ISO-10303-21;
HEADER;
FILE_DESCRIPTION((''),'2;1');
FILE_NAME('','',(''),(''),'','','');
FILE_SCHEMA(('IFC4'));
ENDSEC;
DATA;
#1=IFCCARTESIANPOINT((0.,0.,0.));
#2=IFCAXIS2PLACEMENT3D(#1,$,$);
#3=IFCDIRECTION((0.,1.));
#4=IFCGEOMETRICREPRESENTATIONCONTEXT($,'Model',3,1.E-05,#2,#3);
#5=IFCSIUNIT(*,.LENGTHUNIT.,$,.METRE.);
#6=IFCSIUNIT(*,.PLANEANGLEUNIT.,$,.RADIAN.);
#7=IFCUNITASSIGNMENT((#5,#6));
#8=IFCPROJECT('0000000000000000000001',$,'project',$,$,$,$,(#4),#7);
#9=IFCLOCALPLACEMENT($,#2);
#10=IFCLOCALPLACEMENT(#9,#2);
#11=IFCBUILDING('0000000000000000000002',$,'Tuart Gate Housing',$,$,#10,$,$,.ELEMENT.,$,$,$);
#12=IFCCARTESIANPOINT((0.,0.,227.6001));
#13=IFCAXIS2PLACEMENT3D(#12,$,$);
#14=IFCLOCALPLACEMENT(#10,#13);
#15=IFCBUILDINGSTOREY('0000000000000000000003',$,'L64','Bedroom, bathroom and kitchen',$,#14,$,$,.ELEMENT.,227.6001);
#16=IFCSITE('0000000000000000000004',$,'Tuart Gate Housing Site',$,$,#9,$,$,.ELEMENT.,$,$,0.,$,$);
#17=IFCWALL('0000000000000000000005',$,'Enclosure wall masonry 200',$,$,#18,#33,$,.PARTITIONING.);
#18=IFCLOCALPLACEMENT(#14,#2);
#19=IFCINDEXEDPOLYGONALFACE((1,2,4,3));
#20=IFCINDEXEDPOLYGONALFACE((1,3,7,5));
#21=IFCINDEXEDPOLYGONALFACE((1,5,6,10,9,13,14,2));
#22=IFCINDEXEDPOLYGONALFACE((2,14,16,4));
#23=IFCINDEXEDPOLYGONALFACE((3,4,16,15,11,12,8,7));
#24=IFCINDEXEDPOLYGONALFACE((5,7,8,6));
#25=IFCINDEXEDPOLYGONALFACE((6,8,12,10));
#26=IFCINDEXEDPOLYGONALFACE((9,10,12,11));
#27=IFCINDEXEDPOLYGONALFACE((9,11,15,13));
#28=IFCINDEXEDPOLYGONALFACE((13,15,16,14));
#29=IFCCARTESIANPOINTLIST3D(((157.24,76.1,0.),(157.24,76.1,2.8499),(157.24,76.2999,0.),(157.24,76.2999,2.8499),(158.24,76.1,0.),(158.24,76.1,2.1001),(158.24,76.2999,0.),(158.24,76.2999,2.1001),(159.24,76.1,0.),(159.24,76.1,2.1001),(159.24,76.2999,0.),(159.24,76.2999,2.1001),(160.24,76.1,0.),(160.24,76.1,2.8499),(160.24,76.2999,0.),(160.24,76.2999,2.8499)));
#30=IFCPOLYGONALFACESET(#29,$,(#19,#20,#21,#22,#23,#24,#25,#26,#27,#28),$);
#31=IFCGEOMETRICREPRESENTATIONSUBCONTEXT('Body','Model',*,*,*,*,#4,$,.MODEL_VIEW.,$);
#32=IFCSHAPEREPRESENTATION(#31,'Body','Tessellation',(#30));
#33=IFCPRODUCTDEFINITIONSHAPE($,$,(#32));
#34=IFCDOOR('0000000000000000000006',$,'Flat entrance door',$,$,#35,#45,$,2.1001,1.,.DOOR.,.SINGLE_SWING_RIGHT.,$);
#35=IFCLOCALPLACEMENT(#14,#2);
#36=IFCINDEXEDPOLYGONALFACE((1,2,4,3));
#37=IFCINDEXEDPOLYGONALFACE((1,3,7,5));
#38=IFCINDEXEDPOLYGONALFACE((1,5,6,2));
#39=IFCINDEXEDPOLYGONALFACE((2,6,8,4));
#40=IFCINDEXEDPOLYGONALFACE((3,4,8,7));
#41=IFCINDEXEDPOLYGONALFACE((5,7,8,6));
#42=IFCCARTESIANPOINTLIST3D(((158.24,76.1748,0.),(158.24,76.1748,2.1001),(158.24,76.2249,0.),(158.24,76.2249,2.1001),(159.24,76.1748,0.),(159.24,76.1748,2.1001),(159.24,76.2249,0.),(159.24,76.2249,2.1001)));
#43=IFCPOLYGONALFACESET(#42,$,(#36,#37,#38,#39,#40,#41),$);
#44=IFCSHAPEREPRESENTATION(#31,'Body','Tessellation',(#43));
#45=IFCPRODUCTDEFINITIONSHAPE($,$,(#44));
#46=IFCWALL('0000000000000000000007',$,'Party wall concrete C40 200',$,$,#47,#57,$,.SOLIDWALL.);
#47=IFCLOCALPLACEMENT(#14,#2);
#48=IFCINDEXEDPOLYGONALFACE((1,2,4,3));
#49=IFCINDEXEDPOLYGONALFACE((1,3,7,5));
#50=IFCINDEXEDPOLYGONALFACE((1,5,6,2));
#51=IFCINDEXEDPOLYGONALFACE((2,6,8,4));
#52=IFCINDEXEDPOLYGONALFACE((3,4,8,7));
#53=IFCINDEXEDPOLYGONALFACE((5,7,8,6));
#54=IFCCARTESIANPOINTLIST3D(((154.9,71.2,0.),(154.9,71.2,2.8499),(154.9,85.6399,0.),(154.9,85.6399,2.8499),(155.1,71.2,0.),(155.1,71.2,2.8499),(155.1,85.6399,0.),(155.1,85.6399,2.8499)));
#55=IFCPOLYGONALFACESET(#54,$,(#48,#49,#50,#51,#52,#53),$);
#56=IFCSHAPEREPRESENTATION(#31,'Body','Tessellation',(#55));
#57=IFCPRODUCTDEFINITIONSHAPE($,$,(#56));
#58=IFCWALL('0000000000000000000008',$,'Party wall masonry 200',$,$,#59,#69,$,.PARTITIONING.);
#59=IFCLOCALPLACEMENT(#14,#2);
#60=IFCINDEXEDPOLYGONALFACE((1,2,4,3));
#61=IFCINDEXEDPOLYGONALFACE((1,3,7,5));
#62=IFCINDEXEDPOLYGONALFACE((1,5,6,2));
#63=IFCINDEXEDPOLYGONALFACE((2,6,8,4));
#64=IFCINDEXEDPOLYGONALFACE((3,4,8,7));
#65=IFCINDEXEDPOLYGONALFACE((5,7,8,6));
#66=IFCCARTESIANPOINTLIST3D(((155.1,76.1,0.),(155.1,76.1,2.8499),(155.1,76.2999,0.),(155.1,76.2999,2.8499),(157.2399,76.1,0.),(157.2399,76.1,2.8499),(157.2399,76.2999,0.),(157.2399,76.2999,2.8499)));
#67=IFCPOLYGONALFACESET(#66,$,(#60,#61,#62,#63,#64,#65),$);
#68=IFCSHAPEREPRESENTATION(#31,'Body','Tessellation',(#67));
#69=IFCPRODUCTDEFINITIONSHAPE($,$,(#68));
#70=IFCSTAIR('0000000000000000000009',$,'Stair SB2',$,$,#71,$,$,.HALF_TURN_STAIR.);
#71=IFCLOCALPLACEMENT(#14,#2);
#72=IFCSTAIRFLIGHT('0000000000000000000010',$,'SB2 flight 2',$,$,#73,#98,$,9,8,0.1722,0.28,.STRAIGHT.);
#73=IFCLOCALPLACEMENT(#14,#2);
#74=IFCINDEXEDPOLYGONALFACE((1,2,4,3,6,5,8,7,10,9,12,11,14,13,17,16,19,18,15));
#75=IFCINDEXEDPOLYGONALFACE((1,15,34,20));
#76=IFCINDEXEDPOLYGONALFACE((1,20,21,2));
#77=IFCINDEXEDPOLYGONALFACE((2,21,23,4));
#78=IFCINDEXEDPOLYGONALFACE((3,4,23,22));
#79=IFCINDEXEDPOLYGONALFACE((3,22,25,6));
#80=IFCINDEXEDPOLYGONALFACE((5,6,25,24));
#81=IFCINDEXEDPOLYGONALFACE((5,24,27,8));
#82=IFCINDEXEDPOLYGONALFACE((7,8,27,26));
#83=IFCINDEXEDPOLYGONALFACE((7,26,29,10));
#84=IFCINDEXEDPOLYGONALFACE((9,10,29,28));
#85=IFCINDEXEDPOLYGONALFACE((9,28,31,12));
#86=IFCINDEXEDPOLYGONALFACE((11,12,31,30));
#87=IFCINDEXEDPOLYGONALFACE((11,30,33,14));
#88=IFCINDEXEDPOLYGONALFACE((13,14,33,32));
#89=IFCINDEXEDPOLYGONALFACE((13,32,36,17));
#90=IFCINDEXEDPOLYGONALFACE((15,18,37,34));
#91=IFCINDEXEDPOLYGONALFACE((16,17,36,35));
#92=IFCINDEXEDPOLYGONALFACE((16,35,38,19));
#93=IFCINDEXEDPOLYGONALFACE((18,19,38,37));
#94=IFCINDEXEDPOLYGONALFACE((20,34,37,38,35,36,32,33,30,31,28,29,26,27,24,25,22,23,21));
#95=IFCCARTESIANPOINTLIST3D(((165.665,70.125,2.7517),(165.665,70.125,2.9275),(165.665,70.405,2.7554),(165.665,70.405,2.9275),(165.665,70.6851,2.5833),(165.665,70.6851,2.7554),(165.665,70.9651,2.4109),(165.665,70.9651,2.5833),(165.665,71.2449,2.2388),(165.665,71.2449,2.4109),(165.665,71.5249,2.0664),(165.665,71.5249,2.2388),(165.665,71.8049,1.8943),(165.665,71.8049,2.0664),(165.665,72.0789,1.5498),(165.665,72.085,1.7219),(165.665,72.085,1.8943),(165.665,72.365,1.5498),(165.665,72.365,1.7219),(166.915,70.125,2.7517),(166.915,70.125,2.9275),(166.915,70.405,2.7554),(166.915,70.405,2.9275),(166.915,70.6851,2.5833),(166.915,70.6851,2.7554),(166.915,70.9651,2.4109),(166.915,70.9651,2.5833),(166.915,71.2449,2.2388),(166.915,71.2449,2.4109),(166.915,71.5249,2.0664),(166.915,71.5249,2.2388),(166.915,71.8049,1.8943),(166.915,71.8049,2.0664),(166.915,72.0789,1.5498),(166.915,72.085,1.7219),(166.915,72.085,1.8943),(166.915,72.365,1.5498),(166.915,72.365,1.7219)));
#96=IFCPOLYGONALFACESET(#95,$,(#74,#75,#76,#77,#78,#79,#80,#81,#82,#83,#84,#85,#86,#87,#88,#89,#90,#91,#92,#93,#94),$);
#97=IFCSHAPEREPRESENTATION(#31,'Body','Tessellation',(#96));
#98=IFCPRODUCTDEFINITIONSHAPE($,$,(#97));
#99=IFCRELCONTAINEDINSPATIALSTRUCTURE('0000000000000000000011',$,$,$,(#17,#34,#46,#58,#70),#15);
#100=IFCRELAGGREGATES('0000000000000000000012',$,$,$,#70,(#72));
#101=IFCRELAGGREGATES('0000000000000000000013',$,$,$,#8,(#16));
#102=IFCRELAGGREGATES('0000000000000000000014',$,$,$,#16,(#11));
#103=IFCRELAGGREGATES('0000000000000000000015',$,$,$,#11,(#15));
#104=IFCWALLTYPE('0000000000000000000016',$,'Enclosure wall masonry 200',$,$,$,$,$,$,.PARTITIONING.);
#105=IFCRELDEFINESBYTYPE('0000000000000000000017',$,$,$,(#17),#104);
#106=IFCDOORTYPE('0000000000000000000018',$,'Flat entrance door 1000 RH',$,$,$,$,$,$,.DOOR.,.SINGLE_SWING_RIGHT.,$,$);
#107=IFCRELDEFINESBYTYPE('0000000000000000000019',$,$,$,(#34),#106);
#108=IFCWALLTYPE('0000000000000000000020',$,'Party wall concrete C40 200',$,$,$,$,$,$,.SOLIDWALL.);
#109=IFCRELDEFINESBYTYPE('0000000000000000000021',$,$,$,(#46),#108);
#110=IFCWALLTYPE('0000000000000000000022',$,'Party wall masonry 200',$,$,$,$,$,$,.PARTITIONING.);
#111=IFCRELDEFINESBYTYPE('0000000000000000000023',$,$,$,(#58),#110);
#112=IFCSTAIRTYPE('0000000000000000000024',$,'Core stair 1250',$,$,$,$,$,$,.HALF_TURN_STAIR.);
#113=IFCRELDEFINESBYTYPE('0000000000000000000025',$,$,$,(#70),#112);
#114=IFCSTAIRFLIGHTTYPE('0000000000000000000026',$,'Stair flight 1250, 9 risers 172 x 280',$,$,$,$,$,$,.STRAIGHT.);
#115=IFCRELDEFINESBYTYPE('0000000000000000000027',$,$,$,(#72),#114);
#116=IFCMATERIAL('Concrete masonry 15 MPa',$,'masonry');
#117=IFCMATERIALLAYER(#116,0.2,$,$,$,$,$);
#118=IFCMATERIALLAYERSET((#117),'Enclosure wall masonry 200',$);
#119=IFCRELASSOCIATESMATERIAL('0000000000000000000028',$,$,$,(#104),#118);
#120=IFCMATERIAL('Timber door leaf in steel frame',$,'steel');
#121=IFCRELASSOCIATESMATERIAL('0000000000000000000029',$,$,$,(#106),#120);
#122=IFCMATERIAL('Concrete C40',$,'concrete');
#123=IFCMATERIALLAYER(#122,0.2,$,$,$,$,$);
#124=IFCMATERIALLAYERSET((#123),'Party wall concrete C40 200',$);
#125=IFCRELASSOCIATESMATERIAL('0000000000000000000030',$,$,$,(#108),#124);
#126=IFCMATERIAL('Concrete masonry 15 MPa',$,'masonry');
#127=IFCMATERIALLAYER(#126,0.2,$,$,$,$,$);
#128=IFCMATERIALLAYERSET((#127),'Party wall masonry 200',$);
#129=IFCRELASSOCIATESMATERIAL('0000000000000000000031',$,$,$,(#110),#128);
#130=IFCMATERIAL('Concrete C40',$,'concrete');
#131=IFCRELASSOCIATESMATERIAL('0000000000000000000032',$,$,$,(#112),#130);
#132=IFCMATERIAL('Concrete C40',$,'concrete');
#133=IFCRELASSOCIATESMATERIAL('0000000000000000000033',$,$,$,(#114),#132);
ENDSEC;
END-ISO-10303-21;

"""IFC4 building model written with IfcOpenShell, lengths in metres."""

from ifc_helpers import new_model, si_unit, direction, frame, frame_2d, origin, place, context, subcontext, project, spatial, polyline, rectangle, outline, extrude, material, layer, layer_set, type_object, element, fill, aggregate, save


model = new_model("IFC4")

# Units and contexts
model_context = context("Model", 3, precision=1e-05, world=origin(), true_north=direction((0.0, 1.0)))
body_context = subcontext(model_context, "Body", "Model", "MODEL_VIEW")
ifc_project = project(units=[si_unit("LENGTHUNIT", "METRE"), si_unit("PLANEANGLEUNIT", "RADIAN")], contexts=[model_context])

# Site, building, storey
site_placement = place(None, origin())
site = spatial("IfcSite", under=ifc_project, at=site_placement, Name="Tuart Gate Housing Site", CompositionType="ELEMENT", RefElevation=0.0)
building_placement = place(site_placement, origin())
building = spatial("IfcBuilding", under=site, at=building_placement, Name="Tuart Gate Housing", CompositionType="ELEMENT")
storey_placement = place(building_placement, frame((0.0, 0.0, 227.6001)))
storey = spatial("IfcBuildingStorey", under=building, at=storey_placement, Name="L64", Description="Bedroom, bathroom and kitchen", CompositionType="ELEMENT", Elevation=227.6001)

# Wall, opening, door
ifc_material_1 = material(Name="Concrete masonry 15 MPa", Category="masonry")
ifc_layer_1 = layer(ifc_material_1, 0.2)
ifc_layer_set_1 = layer_set([ifc_layer_1], Name="Enclosure wall masonry 200")
wall_type_1 = type_object("IfcWallType", Name="Enclosure wall masonry 200", PredefinedType="PARTITIONING", material=ifc_layer_set_1)
wall_1_placement = place(storey_placement, frame((157.24, 76.2, 0.0), z_axis=(0.0, 0.0, 1.0), x_axis=(1.0, 0.0, 0.0)))
wall_1 = element("IfcWall", 1, at=wall_1_placement, inside=storey, type_object=wall_type_1, Name="Enclosure wall masonry 200", PredefinedType="PARTITIONING", context=body_context, shape_type="SweptSolid", body=[
    extrude(rectangle(XDim=3.0, YDim=0.2, at=frame_2d((1.5, 0.0))), origin(), (0.0, 0.0, 1.0), 2.8499),
])
opening_1_placement = place(wall_1_placement, frame((1.0, 0.0, 0.0)))
opening_1 = element("IfcOpeningElement", 2, at=opening_1_placement, cuts=wall_1, PredefinedType="OPENING", context=body_context, shape_type="SweptSolid", body=[
    extrude(rectangle(XDim=1.0, YDim=2.1001, at=frame_2d((0.5, 1.05))), frame((0.0, 0.1099, 0.0), z_axis=(0.0, -1.0, 0.0), x_axis=(1.0, 0.0, 0.0)), (0.0, 0.0, 1.0), 0.22),
])
ifc_material_2 = material(Name="Timber door leaf in steel frame", Category="steel")
door_type_1 = type_object("IfcDoorType", Name="Flat entrance door 1000 RH", OperationType="SINGLE_SWING_RIGHT", PredefinedType="DOOR", material=ifc_material_2)
door_1_placement = place(opening_1_placement, origin())
door_1 = element("IfcDoor", 3, at=door_1_placement, inside=storey, type_object=door_type_1, Name="Flat entrance door", OperationType="SINGLE_SWING_RIGHT", OverallHeight=2.1001, OverallWidth=1.0, PredefinedType="DOOR", context=body_context, shape_type="SweptSolid", body=[
    extrude(rectangle(XDim=1.0, YDim=2.1001, at=frame_2d((0.5, 1.05))), frame((0.0, 0.0249, 0.0), z_axis=(0.0, -1.0, 0.0), x_axis=(1.0, 0.0, 0.0)), (0.0, 0.0, 1.0), 0.05),
])
fill(opening_1, door_1)

# Walls
ifc_material_3 = material(Name="Concrete C40", Category="concrete")
ifc_layer_2 = layer(ifc_material_3, 0.2)
ifc_layer_set_2 = layer_set([ifc_layer_2], Name="Party wall concrete C40 200")
wall_type_2 = type_object("IfcWallType", Name="Party wall concrete C40 200", PredefinedType="SOLIDWALL", material=ifc_layer_set_2)
wall_2_placement = place(storey_placement, frame((155.0, 71.2, 0.0), z_axis=(0.0, 0.0, 1.0), x_axis=(0.0, 1.0, 0.0)))
element("IfcWall", 4, at=wall_2_placement, inside=storey, type_object=wall_type_2, Name="Party wall concrete C40 200", PredefinedType="SOLIDWALL", context=body_context, shape_type="SweptSolid", body=[
    extrude(rectangle(XDim=14.4399, YDim=0.2, at=frame_2d((7.22, 0.0))), origin(), (0.0, 0.0, 1.0), 2.8499),
])
ifc_material_4 = material(Name="Concrete masonry 15 MPa", Category="masonry")
ifc_layer_3 = layer(ifc_material_4, 0.2)
ifc_layer_set_3 = layer_set([ifc_layer_3], Name="Party wall masonry 200")
wall_type_3 = type_object("IfcWallType", Name="Party wall masonry 200", PredefinedType="PARTITIONING", material=ifc_layer_set_3)
wall_3_placement = place(storey_placement, frame((155.1001, 76.2, 0.0), z_axis=(0.0, 0.0, 1.0), x_axis=(1.0, 0.0, 0.0)))
element("IfcWall", 5, at=wall_3_placement, inside=storey, type_object=wall_type_3, Name="Party wall masonry 200", PredefinedType="PARTITIONING", context=body_context, shape_type="SweptSolid", body=[
    extrude(rectangle(XDim=2.1399, YDim=0.2, at=frame_2d((1.0698, 0.0))), origin(), (0.0, 0.0, 1.0), 2.8499),
])

# Stair, stair flight
ifc_material_5 = material(Name="Concrete C40", Category="concrete")
stair_type = type_object("IfcStairType", Name="Core stair 1250", PredefinedType="HALF_TURN_STAIR", material=ifc_material_5)
stair_placement = place(storey_placement, origin())
stair = element("IfcStair", 6, at=stair_placement, inside=storey, type_object=stair_type, Name="Stair SB2", PredefinedType="HALF_TURN_STAIR")
ifc_material_6 = material(Name="Concrete C40", Category="concrete")
stair_flight_type = type_object("IfcStairFlightType", Name="Stair flight 1250, 9 risers 172 x 280", PredefinedType="STRAIGHT", material=ifc_material_6)
stair_flight_placement = place(storey_placement, frame((166.29, 72.365, 1.5498), z_axis=(0.0, 0.0, 1.0), x_axis=(0.0, -1.0, 0.0)))
stair_flight = element("IfcStairFlight", 7, at=stair_flight_placement, type_object=stair_flight_type, Name="SB2 flight 2", NumberOfRisers=9, NumberOfTreads=8, PredefinedType="STRAIGHT", RiserHeight=0.1722, TreadLength=0.28, context=body_context, shape_type="SweptSolid", body=[
    extrude(outline(polyline([(0.0, 0.0), (0.0, 0.1721), (0.28, 0.1721), (0.28, 0.3445), (0.5601, 0.3445), (0.5601, 0.5166), (0.8401, 0.5166), (0.8401, 0.689), (1.1201, 0.689), (1.1201, 0.8611), (1.3999, 0.8611), (1.3999, 1.0334), (1.6799, 1.0334), (1.6799, 1.2056), (1.96, 1.2056), (1.96, 1.3777), (2.24, 1.3777), (2.24, 1.55), (2.24, 1.2019), (0.2861, 0.0), (0.0, 0.0)])), frame((0.0, 0.625, 0.0), z_axis=(0.0, -1.0, 0.0), x_axis=(1.0, 0.0, 0.0)), (0.0, 0.0, 1.0), 1.25),
])
aggregate(stair, [stair_flight])

save(model, "model.ifc")
